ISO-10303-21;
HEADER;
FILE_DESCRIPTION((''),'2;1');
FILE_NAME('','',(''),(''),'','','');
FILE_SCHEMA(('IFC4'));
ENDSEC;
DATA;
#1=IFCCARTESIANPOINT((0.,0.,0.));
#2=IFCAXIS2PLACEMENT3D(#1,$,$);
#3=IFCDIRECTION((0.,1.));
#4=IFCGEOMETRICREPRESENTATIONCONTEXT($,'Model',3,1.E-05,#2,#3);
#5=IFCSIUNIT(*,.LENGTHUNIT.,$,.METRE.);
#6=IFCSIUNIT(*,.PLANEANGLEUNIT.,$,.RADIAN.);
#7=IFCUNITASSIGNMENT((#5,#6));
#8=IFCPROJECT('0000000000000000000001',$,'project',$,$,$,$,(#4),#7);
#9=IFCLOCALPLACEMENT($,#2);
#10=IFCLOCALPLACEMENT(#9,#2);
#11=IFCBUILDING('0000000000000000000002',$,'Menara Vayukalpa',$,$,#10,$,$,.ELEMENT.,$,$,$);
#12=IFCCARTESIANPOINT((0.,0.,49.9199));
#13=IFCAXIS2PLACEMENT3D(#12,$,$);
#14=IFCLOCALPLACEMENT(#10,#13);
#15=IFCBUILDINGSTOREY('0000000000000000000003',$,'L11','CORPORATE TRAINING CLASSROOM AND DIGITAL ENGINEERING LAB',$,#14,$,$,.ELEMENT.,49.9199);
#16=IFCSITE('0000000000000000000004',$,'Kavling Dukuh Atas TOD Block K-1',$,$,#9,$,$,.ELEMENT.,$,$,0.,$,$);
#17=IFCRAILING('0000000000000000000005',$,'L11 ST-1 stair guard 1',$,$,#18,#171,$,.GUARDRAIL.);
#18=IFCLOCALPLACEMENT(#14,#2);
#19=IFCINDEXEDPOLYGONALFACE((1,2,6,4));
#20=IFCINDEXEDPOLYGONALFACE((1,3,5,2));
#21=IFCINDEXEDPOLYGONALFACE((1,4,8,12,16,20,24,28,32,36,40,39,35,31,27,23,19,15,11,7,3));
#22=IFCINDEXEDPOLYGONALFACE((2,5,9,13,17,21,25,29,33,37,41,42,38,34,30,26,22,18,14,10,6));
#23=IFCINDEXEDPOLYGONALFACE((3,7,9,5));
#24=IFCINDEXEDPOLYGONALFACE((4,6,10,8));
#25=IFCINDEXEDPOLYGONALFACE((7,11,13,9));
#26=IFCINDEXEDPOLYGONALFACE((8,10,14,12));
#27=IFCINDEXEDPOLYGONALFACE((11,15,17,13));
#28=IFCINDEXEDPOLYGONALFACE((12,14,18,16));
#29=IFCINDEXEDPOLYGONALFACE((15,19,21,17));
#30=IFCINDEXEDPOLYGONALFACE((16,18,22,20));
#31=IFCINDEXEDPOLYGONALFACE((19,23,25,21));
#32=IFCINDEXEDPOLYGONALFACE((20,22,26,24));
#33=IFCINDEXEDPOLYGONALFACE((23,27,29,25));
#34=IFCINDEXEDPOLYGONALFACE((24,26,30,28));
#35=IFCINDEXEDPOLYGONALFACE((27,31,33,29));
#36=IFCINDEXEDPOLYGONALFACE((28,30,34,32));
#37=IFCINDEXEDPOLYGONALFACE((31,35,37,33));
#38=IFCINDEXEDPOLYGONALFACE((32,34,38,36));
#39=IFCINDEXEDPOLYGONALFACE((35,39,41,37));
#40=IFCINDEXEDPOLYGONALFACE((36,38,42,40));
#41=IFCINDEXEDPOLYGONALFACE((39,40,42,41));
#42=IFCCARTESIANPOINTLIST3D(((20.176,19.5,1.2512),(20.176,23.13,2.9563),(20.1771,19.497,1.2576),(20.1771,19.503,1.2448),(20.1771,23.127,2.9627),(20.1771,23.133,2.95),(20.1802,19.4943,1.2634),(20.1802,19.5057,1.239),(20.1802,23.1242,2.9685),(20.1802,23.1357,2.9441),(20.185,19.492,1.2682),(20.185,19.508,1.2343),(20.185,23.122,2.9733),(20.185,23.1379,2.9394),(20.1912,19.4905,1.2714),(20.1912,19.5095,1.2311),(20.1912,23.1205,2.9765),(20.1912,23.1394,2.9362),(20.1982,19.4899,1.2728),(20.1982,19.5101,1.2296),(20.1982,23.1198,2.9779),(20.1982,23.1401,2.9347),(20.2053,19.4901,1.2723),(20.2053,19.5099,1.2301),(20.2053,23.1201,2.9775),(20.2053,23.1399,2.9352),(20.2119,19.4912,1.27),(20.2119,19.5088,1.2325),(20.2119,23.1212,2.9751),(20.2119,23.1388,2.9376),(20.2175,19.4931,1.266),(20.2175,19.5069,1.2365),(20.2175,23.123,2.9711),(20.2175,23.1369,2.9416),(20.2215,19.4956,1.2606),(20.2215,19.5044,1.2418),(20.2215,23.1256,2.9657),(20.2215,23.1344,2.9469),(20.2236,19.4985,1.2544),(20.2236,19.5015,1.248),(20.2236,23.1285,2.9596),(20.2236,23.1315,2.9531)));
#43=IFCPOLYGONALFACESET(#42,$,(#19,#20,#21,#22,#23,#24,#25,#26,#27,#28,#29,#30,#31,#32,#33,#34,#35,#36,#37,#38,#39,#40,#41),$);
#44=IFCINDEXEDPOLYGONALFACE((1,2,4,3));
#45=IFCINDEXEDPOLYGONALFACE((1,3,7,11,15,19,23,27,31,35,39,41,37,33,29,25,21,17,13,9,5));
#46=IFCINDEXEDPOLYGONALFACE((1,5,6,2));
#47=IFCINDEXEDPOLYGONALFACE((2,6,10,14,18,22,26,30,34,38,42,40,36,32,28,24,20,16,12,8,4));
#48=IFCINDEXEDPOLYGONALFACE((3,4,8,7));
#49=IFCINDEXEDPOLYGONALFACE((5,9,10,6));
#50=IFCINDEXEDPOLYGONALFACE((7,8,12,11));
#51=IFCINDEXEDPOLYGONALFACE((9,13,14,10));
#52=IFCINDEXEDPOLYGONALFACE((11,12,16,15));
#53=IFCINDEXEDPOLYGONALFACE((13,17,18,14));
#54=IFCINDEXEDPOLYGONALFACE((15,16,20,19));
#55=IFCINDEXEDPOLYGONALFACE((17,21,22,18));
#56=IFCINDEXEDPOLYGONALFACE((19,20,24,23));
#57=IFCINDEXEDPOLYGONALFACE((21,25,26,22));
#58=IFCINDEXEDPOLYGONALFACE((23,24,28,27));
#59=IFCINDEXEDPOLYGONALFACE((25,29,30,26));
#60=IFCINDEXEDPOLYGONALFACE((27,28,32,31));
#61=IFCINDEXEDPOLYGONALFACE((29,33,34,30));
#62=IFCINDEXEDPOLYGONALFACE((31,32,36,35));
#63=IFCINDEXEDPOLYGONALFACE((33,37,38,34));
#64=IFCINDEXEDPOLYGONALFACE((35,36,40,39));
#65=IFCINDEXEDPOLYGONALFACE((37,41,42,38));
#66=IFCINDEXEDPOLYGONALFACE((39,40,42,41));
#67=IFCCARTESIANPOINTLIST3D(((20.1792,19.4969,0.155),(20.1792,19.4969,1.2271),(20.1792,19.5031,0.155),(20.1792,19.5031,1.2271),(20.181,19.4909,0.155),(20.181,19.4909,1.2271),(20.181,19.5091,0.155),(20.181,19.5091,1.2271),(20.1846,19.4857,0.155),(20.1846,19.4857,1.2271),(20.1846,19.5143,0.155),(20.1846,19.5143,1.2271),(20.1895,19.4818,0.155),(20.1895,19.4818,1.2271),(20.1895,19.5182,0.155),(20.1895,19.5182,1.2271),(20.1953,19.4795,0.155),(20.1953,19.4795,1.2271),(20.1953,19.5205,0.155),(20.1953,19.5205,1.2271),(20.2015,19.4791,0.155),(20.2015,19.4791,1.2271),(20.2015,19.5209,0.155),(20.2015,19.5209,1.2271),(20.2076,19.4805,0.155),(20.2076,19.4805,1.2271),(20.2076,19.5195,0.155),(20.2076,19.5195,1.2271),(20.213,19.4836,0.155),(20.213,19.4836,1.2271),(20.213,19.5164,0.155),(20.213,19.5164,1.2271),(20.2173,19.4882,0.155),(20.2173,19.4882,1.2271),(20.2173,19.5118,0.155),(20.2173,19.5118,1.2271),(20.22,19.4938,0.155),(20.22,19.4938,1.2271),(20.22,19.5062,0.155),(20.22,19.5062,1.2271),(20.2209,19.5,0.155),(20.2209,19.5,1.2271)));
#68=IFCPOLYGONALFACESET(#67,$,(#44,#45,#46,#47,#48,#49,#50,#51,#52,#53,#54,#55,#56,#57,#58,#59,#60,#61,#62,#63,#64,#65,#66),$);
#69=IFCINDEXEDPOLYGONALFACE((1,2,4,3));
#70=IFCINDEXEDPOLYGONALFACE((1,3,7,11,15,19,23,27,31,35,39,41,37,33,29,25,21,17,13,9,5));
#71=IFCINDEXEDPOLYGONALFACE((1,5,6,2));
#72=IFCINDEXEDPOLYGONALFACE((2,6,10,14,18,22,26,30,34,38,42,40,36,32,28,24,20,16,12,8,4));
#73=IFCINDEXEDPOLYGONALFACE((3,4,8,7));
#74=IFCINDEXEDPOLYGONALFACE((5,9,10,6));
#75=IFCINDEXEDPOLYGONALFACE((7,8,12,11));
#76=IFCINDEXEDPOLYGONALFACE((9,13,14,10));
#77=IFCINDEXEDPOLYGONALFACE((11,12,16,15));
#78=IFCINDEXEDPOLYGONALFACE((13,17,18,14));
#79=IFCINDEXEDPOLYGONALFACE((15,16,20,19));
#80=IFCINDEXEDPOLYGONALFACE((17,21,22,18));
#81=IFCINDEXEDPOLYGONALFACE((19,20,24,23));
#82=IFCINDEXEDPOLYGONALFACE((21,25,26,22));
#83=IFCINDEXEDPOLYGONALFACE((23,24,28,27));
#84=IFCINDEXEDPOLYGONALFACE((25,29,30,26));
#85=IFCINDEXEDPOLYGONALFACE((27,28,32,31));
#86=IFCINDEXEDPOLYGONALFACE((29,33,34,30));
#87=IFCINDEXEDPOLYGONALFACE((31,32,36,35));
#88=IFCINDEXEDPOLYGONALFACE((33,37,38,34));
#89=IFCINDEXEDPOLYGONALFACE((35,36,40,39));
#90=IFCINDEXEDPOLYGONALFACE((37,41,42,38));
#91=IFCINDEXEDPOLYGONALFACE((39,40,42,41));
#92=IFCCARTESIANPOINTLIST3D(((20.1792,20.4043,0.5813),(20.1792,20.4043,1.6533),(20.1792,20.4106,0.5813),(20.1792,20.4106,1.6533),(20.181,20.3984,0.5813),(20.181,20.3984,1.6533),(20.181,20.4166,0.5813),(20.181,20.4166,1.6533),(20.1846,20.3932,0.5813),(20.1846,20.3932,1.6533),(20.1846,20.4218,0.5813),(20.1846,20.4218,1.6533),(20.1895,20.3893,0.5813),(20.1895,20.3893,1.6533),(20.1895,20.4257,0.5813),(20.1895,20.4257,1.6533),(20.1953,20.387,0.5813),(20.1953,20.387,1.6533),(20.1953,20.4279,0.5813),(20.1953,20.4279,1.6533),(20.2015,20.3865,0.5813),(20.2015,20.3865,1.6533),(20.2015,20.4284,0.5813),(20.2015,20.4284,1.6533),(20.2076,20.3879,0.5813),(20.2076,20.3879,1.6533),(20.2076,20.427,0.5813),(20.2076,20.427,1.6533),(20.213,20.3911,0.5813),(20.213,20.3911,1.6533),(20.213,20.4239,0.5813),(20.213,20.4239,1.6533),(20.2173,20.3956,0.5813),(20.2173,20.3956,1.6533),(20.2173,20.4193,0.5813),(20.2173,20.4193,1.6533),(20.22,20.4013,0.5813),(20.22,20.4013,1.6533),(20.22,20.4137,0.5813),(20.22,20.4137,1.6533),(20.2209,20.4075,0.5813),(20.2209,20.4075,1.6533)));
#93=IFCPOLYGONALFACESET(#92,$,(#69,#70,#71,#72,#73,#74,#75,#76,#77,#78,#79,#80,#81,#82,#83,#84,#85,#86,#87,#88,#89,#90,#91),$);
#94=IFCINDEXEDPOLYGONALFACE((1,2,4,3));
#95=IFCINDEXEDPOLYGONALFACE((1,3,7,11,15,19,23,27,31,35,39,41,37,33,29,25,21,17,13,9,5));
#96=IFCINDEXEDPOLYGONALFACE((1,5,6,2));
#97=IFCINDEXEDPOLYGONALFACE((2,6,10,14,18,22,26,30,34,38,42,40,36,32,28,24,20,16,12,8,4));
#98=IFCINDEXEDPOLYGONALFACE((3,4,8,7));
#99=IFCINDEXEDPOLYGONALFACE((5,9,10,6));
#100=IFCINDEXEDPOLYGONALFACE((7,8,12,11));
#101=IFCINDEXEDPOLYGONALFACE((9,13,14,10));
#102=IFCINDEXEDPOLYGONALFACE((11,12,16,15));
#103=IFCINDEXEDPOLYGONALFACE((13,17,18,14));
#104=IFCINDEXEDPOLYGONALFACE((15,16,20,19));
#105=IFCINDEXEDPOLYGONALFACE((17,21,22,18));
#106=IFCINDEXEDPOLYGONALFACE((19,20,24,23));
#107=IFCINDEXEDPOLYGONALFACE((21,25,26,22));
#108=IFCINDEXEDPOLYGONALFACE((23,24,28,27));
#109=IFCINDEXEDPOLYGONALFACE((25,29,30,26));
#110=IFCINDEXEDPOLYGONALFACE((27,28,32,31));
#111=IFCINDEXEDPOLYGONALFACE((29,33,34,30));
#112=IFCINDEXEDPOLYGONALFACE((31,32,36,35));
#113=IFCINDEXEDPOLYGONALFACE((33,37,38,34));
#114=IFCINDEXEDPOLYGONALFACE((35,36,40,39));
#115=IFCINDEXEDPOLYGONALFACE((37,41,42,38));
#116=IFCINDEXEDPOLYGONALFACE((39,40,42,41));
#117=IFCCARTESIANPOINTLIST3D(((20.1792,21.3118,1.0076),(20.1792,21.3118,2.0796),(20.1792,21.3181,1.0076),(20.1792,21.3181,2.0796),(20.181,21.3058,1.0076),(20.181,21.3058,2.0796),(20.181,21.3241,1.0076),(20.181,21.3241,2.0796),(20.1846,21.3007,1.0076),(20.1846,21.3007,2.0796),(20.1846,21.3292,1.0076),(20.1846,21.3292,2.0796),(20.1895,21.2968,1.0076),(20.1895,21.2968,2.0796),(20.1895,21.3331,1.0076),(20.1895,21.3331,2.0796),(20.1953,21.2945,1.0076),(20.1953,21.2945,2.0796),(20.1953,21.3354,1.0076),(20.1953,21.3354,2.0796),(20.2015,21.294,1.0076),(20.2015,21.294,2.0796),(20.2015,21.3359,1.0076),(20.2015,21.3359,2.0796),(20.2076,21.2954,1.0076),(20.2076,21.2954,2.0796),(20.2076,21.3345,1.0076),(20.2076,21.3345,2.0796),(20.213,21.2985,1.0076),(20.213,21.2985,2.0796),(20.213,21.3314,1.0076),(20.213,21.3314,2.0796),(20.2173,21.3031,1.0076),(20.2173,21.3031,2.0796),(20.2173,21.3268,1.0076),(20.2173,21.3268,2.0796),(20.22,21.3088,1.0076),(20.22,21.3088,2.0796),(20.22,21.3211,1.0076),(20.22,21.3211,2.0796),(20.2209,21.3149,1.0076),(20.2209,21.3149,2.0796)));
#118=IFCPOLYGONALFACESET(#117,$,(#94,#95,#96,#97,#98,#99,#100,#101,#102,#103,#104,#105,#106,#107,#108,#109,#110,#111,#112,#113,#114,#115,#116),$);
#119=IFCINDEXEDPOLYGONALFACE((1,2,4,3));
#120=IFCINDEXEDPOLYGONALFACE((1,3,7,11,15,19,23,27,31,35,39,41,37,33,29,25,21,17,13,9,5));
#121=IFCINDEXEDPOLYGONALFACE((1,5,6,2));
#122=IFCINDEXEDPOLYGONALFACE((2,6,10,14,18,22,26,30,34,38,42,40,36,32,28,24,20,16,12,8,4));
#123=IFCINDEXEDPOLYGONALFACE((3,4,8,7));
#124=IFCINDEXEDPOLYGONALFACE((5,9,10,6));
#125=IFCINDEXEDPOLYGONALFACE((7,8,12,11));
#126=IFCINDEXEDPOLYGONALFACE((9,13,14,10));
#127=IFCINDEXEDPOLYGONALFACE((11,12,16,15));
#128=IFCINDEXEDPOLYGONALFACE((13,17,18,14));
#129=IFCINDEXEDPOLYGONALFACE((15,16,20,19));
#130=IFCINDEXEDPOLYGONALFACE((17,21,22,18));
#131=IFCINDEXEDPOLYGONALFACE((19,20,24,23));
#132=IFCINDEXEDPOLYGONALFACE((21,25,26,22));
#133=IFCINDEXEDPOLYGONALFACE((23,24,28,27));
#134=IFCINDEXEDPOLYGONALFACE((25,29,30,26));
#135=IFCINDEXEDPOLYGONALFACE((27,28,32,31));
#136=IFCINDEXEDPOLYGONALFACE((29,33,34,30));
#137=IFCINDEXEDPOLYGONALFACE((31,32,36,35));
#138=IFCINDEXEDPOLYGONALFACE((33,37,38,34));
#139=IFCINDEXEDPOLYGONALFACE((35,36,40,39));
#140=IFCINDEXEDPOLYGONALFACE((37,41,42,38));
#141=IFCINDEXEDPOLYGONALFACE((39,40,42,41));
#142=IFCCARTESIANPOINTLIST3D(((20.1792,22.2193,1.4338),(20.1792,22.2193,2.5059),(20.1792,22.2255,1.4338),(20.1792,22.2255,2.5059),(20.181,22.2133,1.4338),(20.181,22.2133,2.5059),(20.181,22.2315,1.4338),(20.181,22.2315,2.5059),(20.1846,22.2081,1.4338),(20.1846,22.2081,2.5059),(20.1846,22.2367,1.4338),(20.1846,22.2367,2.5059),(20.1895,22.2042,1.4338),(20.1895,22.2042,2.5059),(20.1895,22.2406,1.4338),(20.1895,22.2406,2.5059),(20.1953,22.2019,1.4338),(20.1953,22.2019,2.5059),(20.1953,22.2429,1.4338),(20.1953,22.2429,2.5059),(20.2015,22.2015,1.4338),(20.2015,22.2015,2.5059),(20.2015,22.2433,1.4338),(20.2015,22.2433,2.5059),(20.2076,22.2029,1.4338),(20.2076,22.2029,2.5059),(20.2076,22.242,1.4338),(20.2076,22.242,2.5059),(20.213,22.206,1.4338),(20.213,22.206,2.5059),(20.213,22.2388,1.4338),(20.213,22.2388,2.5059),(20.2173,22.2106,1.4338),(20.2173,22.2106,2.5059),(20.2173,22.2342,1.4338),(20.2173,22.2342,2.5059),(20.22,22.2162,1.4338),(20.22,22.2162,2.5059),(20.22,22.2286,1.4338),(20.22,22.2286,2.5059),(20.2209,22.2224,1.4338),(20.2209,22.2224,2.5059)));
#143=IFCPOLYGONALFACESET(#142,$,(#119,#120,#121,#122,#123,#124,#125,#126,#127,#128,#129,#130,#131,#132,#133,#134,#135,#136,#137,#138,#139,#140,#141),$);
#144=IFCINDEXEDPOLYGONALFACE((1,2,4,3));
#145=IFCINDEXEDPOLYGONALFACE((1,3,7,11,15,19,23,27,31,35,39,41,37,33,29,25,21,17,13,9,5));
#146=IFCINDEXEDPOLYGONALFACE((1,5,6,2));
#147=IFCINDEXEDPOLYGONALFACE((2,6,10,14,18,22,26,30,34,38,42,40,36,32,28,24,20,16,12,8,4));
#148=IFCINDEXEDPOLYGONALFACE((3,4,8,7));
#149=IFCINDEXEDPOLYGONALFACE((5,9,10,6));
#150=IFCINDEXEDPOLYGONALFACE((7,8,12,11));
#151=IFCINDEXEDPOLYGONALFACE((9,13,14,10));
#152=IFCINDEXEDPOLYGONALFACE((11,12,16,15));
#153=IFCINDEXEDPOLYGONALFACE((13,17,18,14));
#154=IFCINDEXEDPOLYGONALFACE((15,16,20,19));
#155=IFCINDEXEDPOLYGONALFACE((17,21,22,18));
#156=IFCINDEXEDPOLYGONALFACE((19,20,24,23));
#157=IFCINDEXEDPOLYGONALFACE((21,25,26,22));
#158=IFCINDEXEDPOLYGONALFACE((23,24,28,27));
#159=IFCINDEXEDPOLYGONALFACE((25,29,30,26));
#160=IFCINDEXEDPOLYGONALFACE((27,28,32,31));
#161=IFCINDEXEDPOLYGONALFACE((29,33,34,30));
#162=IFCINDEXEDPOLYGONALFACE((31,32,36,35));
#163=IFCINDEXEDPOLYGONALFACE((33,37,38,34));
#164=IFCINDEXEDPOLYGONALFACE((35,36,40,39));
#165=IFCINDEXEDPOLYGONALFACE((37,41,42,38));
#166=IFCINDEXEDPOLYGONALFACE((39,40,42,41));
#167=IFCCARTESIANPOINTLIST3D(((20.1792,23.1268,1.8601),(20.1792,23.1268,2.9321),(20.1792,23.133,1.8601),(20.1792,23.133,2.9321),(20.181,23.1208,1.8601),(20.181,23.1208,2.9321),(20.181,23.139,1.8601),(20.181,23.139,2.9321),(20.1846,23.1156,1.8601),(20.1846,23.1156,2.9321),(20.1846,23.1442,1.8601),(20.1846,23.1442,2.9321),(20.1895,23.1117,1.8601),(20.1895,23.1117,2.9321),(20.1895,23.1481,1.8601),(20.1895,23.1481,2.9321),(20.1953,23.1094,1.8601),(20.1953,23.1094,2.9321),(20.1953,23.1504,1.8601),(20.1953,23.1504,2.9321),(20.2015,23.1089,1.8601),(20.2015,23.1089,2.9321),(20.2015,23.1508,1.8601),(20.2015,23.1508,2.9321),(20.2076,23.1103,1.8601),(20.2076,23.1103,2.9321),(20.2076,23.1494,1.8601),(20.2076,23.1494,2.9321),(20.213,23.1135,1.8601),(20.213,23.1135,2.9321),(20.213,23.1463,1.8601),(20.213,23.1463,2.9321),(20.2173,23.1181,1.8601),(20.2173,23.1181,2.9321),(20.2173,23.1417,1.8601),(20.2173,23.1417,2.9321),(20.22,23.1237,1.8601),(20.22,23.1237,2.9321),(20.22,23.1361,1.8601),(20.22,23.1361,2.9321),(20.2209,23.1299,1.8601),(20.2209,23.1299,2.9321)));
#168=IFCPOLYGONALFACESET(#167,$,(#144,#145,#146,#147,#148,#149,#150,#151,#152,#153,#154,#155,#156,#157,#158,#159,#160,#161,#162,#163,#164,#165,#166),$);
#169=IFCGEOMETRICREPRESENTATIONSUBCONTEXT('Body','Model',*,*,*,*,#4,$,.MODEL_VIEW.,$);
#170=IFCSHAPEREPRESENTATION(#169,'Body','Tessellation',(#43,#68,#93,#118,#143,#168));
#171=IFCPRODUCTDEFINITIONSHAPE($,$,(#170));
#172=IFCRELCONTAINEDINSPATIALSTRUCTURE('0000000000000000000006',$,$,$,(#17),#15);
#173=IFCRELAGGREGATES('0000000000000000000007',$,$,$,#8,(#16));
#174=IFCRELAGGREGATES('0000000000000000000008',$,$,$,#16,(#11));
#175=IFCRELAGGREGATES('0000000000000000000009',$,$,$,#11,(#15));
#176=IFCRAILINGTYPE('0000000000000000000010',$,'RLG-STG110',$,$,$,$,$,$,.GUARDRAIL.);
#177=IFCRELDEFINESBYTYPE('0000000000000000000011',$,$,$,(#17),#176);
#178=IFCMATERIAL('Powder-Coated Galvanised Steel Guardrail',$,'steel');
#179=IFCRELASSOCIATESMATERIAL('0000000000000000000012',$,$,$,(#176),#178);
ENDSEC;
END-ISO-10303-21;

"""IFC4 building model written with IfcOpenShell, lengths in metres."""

from ifc_helpers import new_model, si_unit, direction, frame, origin, origin_2d, place, context, subcontext, project, spatial, circle, extrude, material, type_object, element, save


model = new_model("IFC4")

# Units and contexts
model_context = context("Model", 3, precision=1e-05, world=origin(), true_north=direction((0.0, 1.0)))
body_context = subcontext(model_context, "Body", "Model", "MODEL_VIEW")
ifc_project = project(units=[si_unit("LENGTHUNIT", "METRE"), si_unit("PLANEANGLEUNIT", "RADIAN")], contexts=[model_context])

# Site, building, storey
site_placement = place(None, origin())
site = spatial("IfcSite", under=ifc_project, at=site_placement, Name="Kavling Dukuh Atas TOD Block K-1", CompositionType="ELEMENT", RefElevation=0.0)
building_placement = place(site_placement, origin())
building = spatial("IfcBuilding", under=site, at=building_placement, Name="Menara Vayukalpa", CompositionType="ELEMENT")
storey_placement = place(building_placement, frame((0.0, 0.0, 49.9199)))
storey = spatial("IfcBuildingStorey", under=building, at=storey_placement, Name="L11", Description="CORPORATE TRAINING CLASSROOM AND DIGITAL ENGINEERING LAB", CompositionType="ELEMENT", Elevation=49.9199)

# Railing
ifc_material_1 = material(Name="Powder-Coated Galvanised Steel Guardrail", Category="steel")
railing_type = type_object("IfcRailingType", Name="RLG-STG110", PredefinedType="GUARDRAIL", material=ifc_material_1)
railing_1_placement = place(storey_placement, frame((20.2, 19.5, 0.155)))
element("IfcRailing", 1, at=railing_1_placement, inside=storey, type_object=railing_type, Name="L11 ST-1 stair guard 1", PredefinedType="GUARDRAIL", context=body_context, shape_type="SweptSolid", body=[
    extrude(circle(Radius=0.0239, at=origin_2d()), frame((0.0, 0.0, 1.0962), z_axis=(0.0, 0.905116, 0.425164), x_axis=(-1.0, 0.0, 0.0)), (0.0, 0.0, 1.0), 4.0105),
    extrude(circle(Radius=0.021, at=origin_2d()), origin(), (0.0, 0.0, 1.0), 1.072),
    extrude(circle(Radius=0.021, at=origin_2d()), frame((0.0, 0.9075, 0.4263)), (0.0, 0.0, 1.0), 1.072),
    extrude(circle(Radius=0.021, at=origin_2d()), frame((0.0, 1.8149, 0.8525)), (0.0, 0.0, 1.0), 1.072),
    extrude(circle(Radius=0.021, at=origin_2d()), frame((0.0, 2.7224, 1.2788)), (0.0, 0.0, 1.0), 1.072),
    extrude(circle(Radius=0.021, at=origin_2d()), frame((0.0, 3.6299, 1.7051)), (0.0, 0.0, 1.0), 1.072),
])

save(model, "model.ifc")
